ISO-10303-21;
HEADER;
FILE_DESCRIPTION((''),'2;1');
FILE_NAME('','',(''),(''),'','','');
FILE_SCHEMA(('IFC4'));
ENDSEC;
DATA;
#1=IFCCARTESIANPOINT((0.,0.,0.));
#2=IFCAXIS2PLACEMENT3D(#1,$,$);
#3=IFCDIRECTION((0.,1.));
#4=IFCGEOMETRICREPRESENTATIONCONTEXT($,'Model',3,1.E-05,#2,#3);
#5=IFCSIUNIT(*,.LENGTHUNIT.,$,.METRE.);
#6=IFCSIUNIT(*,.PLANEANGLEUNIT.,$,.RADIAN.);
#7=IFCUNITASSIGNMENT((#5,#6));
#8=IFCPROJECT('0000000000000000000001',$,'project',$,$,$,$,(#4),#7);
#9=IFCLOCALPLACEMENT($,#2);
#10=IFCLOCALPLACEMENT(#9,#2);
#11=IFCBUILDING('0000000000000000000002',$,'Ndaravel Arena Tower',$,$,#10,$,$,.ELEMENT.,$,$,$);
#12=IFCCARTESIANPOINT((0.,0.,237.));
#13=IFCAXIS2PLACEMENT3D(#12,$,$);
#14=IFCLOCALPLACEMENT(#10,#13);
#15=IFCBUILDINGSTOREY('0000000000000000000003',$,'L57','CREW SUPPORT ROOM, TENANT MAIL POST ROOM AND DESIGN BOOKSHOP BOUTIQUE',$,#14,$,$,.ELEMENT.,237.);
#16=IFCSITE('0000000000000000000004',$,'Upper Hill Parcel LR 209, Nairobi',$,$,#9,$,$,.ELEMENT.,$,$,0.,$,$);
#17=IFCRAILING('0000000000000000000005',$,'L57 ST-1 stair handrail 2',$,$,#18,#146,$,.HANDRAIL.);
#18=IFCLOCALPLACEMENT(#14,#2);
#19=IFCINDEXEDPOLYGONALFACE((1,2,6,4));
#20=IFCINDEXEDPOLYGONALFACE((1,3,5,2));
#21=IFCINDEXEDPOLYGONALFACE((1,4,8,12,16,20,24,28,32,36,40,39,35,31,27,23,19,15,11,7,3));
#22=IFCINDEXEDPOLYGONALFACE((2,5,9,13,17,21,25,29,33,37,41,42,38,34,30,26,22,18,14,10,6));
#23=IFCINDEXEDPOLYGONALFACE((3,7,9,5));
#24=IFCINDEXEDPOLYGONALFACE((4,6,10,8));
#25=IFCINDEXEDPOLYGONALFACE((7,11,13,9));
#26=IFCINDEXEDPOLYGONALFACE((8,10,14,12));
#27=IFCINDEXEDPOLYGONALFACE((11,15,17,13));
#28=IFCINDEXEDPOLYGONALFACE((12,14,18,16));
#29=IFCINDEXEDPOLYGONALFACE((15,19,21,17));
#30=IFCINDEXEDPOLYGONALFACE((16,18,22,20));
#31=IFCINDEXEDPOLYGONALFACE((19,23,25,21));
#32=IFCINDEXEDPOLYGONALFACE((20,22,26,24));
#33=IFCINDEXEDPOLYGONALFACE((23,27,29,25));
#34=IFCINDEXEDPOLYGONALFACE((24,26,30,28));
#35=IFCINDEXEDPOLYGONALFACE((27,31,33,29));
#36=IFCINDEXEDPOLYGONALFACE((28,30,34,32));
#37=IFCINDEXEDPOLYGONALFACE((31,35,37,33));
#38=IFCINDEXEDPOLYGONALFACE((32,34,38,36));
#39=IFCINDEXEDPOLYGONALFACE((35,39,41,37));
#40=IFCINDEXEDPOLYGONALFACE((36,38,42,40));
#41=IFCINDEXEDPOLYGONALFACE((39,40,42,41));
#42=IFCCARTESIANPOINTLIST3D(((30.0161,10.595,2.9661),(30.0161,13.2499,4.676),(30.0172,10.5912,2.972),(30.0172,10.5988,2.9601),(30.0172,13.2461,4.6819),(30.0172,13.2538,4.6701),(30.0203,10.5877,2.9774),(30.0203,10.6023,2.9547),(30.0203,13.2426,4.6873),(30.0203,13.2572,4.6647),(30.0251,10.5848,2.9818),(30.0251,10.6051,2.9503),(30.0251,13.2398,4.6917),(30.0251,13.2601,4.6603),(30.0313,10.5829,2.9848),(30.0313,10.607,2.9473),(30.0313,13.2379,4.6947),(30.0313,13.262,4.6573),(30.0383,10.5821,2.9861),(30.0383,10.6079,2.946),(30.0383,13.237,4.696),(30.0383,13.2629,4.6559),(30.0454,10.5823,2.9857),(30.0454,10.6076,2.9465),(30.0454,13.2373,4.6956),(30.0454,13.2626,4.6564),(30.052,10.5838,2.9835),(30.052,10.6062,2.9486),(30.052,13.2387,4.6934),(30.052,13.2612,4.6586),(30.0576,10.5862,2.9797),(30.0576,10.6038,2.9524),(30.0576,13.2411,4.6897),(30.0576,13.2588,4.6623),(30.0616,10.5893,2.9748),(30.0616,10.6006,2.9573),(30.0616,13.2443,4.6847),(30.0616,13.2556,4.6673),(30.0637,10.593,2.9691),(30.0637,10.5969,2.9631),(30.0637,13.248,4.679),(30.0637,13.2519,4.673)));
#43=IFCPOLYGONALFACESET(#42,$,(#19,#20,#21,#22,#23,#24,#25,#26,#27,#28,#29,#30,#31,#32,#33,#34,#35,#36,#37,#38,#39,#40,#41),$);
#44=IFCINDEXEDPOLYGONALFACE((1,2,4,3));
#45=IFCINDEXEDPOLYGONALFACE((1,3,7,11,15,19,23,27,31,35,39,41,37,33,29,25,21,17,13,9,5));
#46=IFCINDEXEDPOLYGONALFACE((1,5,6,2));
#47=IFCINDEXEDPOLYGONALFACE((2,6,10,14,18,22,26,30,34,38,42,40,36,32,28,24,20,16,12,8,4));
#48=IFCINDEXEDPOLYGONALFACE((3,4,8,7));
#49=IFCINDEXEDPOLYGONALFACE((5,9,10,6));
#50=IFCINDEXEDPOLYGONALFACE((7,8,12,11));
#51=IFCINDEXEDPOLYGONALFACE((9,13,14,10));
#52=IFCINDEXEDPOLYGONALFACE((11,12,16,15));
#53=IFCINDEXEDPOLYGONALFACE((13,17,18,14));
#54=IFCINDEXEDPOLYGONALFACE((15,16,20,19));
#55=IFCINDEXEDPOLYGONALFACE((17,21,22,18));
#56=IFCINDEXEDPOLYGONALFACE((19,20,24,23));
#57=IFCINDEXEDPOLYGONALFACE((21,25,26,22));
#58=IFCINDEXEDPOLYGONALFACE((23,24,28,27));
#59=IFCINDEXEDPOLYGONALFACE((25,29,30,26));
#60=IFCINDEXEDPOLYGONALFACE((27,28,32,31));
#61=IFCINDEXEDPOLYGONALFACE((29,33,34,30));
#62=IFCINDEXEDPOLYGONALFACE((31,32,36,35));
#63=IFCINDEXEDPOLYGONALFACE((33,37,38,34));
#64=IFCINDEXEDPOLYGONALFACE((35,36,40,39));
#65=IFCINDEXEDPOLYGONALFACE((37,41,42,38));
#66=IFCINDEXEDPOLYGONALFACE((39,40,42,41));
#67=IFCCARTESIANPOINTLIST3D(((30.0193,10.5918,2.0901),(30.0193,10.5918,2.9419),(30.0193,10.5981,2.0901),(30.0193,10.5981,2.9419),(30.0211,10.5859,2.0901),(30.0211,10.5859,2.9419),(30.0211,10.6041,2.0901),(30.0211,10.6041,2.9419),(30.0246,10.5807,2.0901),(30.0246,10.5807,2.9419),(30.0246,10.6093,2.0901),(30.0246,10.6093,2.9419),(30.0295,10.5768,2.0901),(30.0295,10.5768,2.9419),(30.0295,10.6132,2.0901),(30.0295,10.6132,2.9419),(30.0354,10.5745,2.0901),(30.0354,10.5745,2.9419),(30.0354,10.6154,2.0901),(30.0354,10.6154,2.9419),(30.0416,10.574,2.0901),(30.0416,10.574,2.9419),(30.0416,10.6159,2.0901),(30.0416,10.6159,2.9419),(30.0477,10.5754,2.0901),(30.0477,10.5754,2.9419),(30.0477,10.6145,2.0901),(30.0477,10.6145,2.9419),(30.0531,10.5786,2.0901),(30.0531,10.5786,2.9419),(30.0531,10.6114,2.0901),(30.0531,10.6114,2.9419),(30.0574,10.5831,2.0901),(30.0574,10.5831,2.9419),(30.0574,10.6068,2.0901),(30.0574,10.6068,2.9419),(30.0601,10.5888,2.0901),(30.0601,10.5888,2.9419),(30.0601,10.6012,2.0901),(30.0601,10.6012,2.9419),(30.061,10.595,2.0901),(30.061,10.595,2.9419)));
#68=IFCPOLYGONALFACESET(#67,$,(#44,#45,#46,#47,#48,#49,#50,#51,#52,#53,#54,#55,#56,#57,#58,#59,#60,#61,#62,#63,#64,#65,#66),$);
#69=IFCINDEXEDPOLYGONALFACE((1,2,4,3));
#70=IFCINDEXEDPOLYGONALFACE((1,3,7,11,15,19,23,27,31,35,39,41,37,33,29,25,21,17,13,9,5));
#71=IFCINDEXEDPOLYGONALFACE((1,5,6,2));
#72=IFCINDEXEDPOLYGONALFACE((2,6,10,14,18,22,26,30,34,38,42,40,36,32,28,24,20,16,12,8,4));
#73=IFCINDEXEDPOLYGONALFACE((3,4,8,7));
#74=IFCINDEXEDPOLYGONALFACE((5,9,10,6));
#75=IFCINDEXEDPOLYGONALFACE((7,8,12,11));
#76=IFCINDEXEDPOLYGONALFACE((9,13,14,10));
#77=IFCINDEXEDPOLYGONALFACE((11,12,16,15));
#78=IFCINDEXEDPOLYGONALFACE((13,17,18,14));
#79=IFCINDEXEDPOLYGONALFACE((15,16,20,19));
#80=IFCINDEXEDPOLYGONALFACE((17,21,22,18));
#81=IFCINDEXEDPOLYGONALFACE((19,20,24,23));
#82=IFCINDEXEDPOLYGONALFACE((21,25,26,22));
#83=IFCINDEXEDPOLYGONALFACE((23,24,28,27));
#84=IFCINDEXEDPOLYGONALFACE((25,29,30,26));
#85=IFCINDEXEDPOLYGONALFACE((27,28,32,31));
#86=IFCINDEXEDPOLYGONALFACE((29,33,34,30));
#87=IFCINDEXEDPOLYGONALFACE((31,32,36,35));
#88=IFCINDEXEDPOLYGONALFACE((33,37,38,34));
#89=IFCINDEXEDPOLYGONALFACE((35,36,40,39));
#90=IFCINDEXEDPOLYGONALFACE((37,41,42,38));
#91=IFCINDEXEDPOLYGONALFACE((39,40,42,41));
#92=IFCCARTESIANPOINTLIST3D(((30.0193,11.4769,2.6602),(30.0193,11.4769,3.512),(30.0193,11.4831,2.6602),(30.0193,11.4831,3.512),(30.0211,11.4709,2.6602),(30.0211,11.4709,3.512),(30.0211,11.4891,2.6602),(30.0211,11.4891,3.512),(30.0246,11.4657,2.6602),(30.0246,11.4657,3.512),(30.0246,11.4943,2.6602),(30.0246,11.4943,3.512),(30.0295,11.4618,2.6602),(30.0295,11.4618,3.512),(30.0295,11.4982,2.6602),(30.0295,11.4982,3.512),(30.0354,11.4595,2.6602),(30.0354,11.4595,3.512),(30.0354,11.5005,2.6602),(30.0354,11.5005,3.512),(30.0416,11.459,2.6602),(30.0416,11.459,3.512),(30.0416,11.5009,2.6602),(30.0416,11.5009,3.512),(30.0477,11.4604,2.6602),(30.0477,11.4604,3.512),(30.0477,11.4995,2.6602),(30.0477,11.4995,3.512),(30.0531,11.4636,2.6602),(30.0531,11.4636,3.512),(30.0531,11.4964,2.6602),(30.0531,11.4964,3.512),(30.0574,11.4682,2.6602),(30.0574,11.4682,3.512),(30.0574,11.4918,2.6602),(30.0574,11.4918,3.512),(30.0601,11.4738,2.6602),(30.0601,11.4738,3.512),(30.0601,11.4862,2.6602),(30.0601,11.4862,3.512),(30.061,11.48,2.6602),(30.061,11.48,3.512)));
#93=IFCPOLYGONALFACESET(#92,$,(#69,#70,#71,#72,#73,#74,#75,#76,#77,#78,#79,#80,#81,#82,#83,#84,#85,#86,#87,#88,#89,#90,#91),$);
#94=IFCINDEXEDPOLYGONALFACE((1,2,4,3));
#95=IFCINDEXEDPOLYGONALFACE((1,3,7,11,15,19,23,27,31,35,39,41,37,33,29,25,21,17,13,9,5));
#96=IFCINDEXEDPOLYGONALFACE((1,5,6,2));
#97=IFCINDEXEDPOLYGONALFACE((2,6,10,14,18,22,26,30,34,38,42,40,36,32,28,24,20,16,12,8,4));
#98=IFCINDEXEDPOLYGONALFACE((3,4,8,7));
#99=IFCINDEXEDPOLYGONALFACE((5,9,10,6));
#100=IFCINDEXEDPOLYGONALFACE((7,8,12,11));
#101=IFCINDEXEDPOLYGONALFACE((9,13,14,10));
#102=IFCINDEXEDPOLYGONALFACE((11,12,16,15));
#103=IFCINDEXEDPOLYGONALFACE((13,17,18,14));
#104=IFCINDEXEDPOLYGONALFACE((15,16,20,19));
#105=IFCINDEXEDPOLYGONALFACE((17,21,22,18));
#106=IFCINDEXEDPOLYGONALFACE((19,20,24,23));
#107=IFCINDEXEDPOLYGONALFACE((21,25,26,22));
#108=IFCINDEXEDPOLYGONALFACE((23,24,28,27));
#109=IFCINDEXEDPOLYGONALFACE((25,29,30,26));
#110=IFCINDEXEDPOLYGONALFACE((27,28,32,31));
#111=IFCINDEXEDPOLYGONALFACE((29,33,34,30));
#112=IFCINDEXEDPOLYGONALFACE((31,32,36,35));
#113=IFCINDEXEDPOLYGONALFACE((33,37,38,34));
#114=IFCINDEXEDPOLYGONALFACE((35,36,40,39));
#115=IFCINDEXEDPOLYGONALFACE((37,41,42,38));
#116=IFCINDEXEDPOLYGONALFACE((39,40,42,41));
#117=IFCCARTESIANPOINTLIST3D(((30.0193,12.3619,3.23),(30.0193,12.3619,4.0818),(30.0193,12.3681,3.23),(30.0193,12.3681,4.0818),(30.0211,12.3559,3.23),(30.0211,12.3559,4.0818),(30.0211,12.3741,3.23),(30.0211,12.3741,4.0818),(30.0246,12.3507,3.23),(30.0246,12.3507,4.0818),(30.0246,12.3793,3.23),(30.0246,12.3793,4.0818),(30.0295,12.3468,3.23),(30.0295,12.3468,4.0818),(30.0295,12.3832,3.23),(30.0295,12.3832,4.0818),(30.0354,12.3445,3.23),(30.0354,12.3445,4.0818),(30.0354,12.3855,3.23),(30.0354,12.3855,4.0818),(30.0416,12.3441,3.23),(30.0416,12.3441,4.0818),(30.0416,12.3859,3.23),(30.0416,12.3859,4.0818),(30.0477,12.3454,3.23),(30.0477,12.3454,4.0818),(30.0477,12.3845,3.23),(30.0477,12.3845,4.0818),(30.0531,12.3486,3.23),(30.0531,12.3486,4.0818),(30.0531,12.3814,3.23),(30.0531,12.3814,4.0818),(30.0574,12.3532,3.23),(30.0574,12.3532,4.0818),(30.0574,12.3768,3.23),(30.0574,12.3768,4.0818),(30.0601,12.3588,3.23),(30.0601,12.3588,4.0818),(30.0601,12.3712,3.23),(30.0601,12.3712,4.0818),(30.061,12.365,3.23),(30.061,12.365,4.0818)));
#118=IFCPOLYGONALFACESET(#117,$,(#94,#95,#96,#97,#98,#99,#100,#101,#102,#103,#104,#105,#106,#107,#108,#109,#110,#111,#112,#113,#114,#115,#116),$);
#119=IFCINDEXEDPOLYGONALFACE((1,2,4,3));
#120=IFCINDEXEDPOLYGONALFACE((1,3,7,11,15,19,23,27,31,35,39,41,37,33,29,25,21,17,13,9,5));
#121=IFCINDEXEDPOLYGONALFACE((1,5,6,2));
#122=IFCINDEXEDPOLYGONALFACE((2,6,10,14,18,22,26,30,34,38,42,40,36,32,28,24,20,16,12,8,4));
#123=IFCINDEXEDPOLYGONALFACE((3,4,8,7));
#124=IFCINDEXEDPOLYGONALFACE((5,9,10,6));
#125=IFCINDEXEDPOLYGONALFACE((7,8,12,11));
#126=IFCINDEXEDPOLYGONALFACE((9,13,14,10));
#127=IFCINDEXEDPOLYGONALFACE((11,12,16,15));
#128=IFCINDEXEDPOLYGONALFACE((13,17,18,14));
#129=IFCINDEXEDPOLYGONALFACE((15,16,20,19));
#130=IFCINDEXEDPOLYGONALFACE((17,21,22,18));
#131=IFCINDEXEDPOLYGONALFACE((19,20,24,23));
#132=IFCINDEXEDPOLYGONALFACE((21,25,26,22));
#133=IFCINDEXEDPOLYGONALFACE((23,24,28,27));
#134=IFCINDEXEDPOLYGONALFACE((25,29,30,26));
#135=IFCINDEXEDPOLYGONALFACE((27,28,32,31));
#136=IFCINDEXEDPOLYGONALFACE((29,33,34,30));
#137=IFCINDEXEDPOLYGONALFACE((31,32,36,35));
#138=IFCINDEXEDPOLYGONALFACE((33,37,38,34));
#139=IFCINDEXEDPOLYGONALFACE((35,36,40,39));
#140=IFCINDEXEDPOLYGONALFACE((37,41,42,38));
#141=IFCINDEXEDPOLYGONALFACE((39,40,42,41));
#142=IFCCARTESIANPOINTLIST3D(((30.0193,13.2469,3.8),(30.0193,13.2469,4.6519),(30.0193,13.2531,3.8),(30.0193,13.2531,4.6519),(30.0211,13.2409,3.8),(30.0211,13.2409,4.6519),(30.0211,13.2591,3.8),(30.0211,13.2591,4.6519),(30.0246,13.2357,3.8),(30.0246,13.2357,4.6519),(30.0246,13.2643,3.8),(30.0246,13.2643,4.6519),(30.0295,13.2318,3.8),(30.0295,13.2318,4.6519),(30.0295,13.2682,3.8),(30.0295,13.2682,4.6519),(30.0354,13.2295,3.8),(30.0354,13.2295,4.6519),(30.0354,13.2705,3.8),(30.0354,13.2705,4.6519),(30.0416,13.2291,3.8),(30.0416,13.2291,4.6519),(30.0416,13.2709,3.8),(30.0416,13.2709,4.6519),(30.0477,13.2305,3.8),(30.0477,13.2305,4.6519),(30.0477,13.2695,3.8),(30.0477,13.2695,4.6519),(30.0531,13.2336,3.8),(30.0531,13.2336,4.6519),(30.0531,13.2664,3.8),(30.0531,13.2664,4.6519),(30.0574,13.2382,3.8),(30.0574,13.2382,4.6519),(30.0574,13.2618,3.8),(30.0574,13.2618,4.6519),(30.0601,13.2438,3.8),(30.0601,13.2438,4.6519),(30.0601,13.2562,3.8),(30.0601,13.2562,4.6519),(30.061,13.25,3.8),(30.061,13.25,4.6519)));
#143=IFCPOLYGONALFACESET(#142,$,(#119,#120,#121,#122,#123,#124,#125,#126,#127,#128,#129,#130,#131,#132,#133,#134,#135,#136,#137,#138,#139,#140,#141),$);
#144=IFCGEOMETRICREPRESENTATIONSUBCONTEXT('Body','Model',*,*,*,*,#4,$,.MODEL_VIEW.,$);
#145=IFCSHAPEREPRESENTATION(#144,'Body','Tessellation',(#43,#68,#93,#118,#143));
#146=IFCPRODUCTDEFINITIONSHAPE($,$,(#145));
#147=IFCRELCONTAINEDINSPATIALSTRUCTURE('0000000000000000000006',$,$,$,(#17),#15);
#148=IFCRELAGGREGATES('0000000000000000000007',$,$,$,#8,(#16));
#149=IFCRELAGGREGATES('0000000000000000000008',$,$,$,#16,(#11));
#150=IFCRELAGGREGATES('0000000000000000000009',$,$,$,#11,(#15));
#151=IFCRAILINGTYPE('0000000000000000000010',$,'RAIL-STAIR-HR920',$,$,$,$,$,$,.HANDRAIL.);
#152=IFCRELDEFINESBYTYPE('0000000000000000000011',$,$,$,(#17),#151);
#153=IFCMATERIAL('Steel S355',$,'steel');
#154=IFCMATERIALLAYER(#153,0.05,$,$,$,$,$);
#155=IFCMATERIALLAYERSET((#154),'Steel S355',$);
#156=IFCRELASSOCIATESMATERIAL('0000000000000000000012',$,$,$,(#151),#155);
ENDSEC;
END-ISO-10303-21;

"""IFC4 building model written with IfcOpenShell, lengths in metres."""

from ifc_helpers import new_model, si_unit, direction, frame, origin, origin_2d, place, context, subcontext, project, spatial, circle, extrude, material, layer, layer_set, type_object, element, save


model = new_model("IFC4")

# Units and contexts
model_context = context("Model", 3, precision=1e-05, world=origin(), true_north=direction((0.0, 1.0)))
body_context = subcontext(model_context, "Body", "Model", "MODEL_VIEW")
ifc_project = project(units=[si_unit("LENGTHUNIT", "METRE"), si_unit("PLANEANGLEUNIT", "RADIAN")], contexts=[model_context])

# Site, building, storey
site_placement = place(None, origin())
site = spatial("IfcSite", under=ifc_project, at=site_placement, Name="Upper Hill Parcel LR 209, Nairobi", CompositionType="ELEMENT", RefElevation=0.0)
building_placement = place(site_placement, origin())
building = spatial("IfcBuilding", under=site, at=building_placement, Name="Ndaravel Arena Tower", CompositionType="ELEMENT")
storey_placement = place(building_placement, frame((0.0, 0.0, 237.0)))
storey = spatial("IfcBuildingStorey", under=building, at=storey_placement, Name="L57", Description="CREW SUPPORT ROOM, TENANT MAIL POST ROOM AND DESIGN BOOKSHOP BOUTIQUE", CompositionType="ELEMENT", Elevation=237.0)

# Railing
ifc_material_1 = material(Name="Steel S355", Category="steel")
ifc_layer_1 = layer(ifc_material_1, 0.05)
ifc_layer_set_1 = layer_set([ifc_layer_1], Name="Steel S355")
railing_type_1 = type_object("IfcRailingType", Name="RAIL-STAIR-HR920", PredefinedType="HANDRAIL", material=ifc_layer_set_1)
railing_1_placement = place(storey_placement, frame((30.04, 10.595, 2.0901)))
element("IfcRailing", 1, at=railing_1_placement, inside=storey, type_object=railing_type_1, Name="L57 ST-1 stair handrail 2", PredefinedType="HANDRAIL", context=body_context, shape_type="SweptSolid", body=[
    extrude(circle(Radius=0.0239, at=origin_2d()), frame((0.0, 0.0, 0.876), z_axis=(0.0, 0.840724, 0.541465), x_axis=(-1.0, 0.0, 0.0)), (0.0, 0.0, 1.0), 3.158),
    extrude(circle(Radius=0.021, at=origin_2d()), origin(), (0.0, 0.0, 1.0), 0.8518),
    extrude(circle(Radius=0.021, at=origin_2d()), frame((0.0, 0.885, 0.5701)), (0.0, 0.0, 1.0), 0.8518),
    extrude(circle(Radius=0.021, at=origin_2d()), frame((0.0, 1.77, 1.1399)), (0.0, 0.0, 1.0), 0.8518),
    extrude(circle(Radius=0.021, at=origin_2d()), frame((0.0, 2.655, 1.71)), (0.0, 0.0, 1.0), 0.8518),
])

save(model, "model.ifc")
